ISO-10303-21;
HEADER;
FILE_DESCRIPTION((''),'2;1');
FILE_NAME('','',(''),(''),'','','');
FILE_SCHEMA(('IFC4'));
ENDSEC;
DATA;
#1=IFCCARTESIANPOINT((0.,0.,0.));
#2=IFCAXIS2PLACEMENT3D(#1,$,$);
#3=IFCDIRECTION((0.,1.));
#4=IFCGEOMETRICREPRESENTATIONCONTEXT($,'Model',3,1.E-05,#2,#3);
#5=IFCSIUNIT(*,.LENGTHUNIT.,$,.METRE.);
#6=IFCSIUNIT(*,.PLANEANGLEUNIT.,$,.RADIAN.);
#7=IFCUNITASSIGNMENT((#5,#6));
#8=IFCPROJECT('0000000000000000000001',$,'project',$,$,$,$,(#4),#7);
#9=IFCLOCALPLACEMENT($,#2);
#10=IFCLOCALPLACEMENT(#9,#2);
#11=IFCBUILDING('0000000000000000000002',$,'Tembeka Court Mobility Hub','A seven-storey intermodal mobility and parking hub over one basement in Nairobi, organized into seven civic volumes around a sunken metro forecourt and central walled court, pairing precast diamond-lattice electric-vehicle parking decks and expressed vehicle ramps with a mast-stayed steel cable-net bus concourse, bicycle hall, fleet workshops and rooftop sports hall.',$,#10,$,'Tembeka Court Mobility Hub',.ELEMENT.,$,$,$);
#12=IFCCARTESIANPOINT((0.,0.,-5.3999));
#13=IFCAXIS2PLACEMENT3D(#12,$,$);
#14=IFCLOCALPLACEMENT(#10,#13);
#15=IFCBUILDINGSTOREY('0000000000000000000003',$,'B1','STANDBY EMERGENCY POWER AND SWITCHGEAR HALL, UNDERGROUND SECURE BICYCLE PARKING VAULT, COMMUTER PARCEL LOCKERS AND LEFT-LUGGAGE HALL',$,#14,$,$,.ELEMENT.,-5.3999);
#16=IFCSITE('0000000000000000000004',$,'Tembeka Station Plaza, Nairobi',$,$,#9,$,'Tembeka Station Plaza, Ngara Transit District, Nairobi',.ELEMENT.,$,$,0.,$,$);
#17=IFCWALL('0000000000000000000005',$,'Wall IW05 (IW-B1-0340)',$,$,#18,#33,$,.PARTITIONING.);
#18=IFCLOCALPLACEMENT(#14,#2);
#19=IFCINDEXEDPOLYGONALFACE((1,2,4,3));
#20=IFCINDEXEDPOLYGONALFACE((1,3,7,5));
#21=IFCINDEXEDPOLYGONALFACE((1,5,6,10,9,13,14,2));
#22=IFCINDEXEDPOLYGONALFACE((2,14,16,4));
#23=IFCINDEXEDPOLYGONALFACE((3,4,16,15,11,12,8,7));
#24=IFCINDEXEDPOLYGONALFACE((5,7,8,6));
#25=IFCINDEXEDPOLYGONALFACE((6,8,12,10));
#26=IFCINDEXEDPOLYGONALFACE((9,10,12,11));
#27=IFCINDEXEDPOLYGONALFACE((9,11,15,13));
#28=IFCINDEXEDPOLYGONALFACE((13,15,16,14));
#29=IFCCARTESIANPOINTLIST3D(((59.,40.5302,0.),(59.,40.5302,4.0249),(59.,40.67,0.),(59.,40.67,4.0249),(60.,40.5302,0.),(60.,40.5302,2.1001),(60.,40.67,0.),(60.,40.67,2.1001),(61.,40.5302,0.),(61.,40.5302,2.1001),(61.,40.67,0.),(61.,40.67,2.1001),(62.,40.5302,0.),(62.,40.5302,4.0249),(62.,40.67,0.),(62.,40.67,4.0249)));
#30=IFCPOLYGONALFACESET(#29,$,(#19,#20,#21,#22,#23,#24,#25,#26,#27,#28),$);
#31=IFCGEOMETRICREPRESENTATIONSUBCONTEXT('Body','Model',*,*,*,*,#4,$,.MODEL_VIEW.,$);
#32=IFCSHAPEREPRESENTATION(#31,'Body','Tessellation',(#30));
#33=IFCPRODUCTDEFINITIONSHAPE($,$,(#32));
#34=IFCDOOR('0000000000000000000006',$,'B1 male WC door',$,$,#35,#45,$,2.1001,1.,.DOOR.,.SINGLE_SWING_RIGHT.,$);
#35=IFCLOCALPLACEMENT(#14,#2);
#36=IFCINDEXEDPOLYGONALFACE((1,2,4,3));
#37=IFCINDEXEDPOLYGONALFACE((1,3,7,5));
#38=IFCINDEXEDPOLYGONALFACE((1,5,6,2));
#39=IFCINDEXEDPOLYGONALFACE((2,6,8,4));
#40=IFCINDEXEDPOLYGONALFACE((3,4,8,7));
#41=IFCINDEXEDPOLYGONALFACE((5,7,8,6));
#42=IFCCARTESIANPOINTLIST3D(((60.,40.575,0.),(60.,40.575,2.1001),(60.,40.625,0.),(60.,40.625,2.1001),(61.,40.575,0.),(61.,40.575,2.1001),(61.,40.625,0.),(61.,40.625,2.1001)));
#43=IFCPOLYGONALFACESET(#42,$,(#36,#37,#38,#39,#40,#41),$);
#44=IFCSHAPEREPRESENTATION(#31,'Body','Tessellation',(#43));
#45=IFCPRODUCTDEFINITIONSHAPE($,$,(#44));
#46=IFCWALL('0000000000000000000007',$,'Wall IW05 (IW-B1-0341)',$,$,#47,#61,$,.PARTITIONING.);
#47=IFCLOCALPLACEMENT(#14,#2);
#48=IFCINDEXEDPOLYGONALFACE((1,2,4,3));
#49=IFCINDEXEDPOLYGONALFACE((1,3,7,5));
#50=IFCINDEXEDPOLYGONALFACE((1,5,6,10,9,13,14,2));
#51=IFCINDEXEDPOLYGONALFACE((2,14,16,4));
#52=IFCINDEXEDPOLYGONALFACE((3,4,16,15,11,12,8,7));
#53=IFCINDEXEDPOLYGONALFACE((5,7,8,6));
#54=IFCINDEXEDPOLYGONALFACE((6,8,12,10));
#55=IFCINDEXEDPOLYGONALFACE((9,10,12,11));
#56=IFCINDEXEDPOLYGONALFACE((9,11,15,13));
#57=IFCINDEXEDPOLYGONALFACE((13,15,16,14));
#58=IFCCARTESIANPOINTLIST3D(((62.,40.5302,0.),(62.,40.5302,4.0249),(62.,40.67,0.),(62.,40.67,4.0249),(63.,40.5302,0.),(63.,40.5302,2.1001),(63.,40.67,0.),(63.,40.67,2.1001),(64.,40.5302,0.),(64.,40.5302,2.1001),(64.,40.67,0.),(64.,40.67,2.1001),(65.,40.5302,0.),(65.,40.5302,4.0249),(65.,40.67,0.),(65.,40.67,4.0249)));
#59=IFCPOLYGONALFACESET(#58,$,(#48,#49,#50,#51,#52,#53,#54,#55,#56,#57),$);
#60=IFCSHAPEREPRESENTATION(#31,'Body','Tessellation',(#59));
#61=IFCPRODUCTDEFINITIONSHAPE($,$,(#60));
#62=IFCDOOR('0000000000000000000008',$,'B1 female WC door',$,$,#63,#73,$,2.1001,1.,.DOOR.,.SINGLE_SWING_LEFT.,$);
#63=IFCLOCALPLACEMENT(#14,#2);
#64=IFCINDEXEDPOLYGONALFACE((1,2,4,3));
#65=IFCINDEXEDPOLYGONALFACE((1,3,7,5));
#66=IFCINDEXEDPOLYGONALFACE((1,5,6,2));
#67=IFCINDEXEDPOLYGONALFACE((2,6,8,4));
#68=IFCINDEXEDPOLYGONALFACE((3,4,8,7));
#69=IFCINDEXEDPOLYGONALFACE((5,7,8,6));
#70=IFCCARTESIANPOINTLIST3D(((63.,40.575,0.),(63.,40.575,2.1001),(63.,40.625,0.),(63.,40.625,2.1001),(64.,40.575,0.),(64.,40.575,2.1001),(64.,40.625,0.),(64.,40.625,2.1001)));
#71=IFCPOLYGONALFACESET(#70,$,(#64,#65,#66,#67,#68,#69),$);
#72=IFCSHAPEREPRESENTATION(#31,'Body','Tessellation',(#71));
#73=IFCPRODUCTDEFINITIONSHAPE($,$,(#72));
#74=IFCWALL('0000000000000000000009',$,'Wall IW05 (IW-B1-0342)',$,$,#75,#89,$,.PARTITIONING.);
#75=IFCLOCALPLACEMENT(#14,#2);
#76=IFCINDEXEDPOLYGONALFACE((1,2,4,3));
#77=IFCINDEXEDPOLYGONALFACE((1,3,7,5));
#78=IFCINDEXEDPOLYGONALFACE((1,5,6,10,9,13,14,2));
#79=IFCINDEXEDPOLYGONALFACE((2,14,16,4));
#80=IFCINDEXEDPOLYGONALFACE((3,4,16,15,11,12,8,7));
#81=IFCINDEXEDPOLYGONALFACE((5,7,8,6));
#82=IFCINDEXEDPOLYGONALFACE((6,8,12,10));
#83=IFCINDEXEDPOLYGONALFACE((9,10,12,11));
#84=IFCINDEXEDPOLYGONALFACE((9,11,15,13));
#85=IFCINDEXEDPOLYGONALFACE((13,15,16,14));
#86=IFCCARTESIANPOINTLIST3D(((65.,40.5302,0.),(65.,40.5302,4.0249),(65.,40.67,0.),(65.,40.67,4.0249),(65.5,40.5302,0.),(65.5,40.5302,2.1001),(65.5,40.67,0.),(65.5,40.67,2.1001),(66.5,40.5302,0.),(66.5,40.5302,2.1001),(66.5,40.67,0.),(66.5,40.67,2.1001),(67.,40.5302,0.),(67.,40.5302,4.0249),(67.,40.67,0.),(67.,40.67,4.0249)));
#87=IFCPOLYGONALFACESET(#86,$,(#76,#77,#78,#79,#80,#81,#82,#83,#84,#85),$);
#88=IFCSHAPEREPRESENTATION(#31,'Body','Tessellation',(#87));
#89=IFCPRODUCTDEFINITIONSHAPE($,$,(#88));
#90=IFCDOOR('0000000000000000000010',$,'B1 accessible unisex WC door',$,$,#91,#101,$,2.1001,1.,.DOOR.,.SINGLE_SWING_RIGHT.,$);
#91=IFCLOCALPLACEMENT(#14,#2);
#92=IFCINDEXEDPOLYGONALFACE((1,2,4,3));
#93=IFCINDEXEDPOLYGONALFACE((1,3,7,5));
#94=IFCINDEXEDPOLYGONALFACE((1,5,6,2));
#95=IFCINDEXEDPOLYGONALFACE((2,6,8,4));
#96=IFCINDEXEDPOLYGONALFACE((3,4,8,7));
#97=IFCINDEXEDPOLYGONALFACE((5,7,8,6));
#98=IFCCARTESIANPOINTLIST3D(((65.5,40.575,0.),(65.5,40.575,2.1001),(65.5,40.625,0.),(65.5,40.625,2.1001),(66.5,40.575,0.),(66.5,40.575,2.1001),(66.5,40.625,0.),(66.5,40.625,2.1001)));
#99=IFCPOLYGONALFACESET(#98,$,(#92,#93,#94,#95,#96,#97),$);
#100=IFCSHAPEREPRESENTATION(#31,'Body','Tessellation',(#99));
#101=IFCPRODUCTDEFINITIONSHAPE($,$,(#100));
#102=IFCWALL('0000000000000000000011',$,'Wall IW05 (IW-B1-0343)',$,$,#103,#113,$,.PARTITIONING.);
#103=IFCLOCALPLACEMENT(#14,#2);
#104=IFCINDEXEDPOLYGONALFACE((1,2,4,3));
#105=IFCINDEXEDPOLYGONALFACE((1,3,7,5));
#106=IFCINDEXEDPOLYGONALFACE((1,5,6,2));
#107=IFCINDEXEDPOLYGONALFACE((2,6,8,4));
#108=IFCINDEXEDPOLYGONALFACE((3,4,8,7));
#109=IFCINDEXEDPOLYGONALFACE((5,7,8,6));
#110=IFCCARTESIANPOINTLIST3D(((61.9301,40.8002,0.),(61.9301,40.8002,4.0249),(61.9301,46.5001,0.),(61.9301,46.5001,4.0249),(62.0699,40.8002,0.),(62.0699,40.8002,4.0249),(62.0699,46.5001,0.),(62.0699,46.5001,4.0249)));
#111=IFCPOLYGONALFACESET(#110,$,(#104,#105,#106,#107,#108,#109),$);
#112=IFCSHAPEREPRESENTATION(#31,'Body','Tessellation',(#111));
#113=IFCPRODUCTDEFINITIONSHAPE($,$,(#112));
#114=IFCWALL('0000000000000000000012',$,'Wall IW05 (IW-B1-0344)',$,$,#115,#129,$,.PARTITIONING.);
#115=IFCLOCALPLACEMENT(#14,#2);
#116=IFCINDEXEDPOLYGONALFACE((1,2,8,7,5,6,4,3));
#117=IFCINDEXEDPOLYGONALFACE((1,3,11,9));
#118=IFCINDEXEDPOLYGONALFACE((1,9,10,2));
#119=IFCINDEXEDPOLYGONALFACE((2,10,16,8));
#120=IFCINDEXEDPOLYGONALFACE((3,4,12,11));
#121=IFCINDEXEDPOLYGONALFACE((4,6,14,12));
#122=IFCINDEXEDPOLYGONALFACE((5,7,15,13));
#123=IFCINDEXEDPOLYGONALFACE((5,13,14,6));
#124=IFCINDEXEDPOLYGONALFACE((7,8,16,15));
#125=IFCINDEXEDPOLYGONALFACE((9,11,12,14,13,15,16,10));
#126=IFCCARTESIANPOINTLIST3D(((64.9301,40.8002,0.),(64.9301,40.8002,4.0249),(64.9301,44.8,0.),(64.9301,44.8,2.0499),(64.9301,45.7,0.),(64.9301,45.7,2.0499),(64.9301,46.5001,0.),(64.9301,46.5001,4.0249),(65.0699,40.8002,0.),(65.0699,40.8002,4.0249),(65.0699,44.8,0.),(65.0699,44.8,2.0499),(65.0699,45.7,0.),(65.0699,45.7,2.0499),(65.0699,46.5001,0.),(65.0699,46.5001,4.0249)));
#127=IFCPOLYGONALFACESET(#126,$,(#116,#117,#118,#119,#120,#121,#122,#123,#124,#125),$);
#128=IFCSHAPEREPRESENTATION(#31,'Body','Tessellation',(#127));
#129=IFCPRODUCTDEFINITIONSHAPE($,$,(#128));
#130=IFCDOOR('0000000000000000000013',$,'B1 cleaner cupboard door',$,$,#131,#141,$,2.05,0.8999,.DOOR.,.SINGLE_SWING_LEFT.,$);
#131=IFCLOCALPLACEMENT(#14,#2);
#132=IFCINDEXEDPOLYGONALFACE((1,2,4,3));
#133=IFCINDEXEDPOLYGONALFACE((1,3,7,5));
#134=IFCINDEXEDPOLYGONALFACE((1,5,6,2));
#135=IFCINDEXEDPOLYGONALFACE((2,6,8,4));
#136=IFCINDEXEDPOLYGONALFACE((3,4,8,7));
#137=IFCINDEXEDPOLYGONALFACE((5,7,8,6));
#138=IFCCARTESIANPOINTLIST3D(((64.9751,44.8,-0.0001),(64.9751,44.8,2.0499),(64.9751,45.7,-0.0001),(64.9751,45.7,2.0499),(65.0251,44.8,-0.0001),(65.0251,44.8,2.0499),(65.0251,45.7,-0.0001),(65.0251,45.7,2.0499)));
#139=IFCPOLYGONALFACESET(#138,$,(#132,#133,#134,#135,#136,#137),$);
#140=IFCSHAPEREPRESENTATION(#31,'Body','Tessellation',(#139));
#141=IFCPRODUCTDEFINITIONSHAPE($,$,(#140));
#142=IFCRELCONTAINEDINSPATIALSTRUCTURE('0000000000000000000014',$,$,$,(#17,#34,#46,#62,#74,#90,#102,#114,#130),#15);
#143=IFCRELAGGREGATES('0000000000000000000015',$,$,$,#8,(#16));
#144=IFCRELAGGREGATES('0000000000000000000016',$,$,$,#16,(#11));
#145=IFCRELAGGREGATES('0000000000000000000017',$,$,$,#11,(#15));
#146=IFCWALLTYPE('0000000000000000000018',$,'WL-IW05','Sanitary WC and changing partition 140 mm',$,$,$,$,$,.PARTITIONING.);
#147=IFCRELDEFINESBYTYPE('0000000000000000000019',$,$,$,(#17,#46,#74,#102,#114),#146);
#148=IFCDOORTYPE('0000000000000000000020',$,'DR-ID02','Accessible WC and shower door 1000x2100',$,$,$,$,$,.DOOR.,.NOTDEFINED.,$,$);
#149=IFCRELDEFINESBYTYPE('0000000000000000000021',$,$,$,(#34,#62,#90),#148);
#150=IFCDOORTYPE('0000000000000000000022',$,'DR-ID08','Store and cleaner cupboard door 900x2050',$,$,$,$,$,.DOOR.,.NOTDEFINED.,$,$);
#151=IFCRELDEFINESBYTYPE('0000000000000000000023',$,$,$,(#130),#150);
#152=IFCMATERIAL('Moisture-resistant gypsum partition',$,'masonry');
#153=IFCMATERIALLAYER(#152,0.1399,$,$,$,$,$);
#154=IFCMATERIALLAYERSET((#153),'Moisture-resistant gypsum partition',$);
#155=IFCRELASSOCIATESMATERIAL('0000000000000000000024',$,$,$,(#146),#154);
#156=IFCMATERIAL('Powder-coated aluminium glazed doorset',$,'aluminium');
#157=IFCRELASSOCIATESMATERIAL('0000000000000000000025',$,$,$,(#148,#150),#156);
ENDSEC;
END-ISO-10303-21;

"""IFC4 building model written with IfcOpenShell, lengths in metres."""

from ifc_helpers import new_model, si_unit, direction, frame, frame_2d, origin, place, context, subcontext, project, spatial, rectangle, extrude, material, layer, layer_set, type_object, element, fill, save


model = new_model("IFC4")

# Units and contexts
model_context = context("Model", 3, precision=1e-05, world=origin(), true_north=direction((0.0, 1.0)))
body_context = subcontext(model_context, "Body", "Model", "MODEL_VIEW")
ifc_project = project(units=[si_unit("LENGTHUNIT", "METRE"), si_unit("PLANEANGLEUNIT", "RADIAN")], contexts=[model_context])

# Site, building, storey
site_placement = place(None, origin())
site = spatial("IfcSite", under=ifc_project, at=site_placement, Name="Tembeka Station Plaza, Nairobi", LongName="Tembeka Station Plaza, Ngara Transit District, Nairobi", CompositionType="ELEMENT", RefElevation=0.0)
building_placement = place(site_placement, origin())
building = spatial("IfcBuilding", under=site, at=building_placement, Name="Tembeka Court Mobility Hub", Description="A seven-storey intermodal mobility and parking hub over one basement in Nairobi, organized into seven civic volumes around a sunken metro forecourt and central walled court, pairing precast diamond-lattice electric-vehicle parking decks and expressed vehicle ramps with a mast-stayed steel cable-net bus concourse, bicycle hall, fleet workshops and rooftop sports hall.", LongName="Tembeka Court Mobility Hub", CompositionType="ELEMENT")
storey_placement = place(building_placement, frame((0.0, 0.0, -5.3999)))
storey = spatial("IfcBuildingStorey", under=building, at=storey_placement, Name="B1", Description="STANDBY EMERGENCY POWER AND SWITCHGEAR HALL, UNDERGROUND SECURE BICYCLE PARKING VAULT, COMMUTER PARCEL LOCKERS AND LEFT-LUGGAGE HALL", CompositionType="ELEMENT", Elevation=-5.3999)

# Walls, openings, doors
ifc_material_1 = material(Name="Moisture-resistant gypsum partition", Category="masonry")
ifc_layer_1 = layer(ifc_material_1, 0.1399)
ifc_layer_set_1 = layer_set([ifc_layer_1], Name="Moisture-resistant gypsum partition")
wall_type_1 = type_object("IfcWallType", Name="WL-IW05", Description="Sanitary WC and changing partition 140 mm", PredefinedType="PARTITIONING", material=ifc_layer_set_1)
wall_1_placement = place(storey_placement, frame((59.0, 40.6001, 0.0), z_axis=(0.0, 0.0, 1.0), x_axis=(1.0, 0.0, 0.0)))
wall_1 = element("IfcWall", 1, at=wall_1_placement, inside=storey, type_object=wall_type_1, Name="Wall IW05 (IW-B1-0340)", PredefinedType="PARTITIONING", context=body_context, shape_type="SweptSolid", body=[
    extrude(rectangle(XDim=3.0, YDim=0.1399, at=frame_2d((1.5, 0.0))), origin(), (0.0, 0.0, 1.0), 4.0249),
])
opening_1_placement = place(wall_1_placement, frame((1.0, 0.0, 0.0)))
opening_1 = element("IfcOpeningElement", 2, at=opening_1_placement, cuts=wall_1, PredefinedType="OPENING", context=body_context, shape_type="SweptSolid", body=[
    extrude(rectangle(XDim=1.0, YDim=2.1001, at=frame_2d((0.5, 1.05))), frame((0.0, 0.0801, 0.0), z_axis=(0.0, -1.0, 0.0), x_axis=(1.0, 0.0, 0.0)), (0.0, 0.0, 1.0), 0.1599),
])
ifc_material_2 = material(Name="Powder-coated aluminium glazed doorset", Category="aluminium")
door_type_1 = type_object("IfcDoorType", Name="DR-ID02", Description="Accessible WC and shower door 1000x2100", OperationType="NOTDEFINED", PredefinedType="DOOR", material=ifc_material_2)
door_1_placement = place(opening_1_placement, origin())
door_1 = element("IfcDoor", 3, at=door_1_placement, inside=storey, type_object=door_type_1, Name="B1 male WC door", OperationType="SINGLE_SWING_RIGHT", OverallHeight=2.1001, OverallWidth=1.0, PredefinedType="DOOR", context=body_context, shape_type="SweptSolid", body=[
    extrude(rectangle(XDim=1.0, YDim=2.1001, at=frame_2d((0.5, 1.05))), frame((0.0, 0.0249, 0.0), z_axis=(0.0, -1.0, 0.0), x_axis=(1.0, 0.0, 0.0)), (0.0, 0.0, 1.0), 0.05),
])
fill(opening_1, door_1)
wall_2_placement = place(storey_placement, frame((62.0, 40.6001, 0.0), z_axis=(0.0, 0.0, 1.0), x_axis=(1.0, 0.0, 0.0)))
wall_2 = element("IfcWall", 4, at=wall_2_placement, inside=storey, type_object=wall_type_1, Name="Wall IW05 (IW-B1-0341)", PredefinedType="PARTITIONING", context=body_context, shape_type="SweptSolid", body=[
    extrude(rectangle(XDim=3.0, YDim=0.1399, at=frame_2d((1.5, 0.0))), origin(), (0.0, 0.0, 1.0), 4.0249),
])
opening_2_placement = place(wall_2_placement, frame((1.0, 0.0, 0.0)))
opening_2 = element("IfcOpeningElement", 5, at=opening_2_placement, cuts=wall_2, PredefinedType="OPENING", context=body_context, shape_type="SweptSolid", body=[
    extrude(rectangle(XDim=1.0, YDim=2.1001, at=frame_2d((0.5, 1.05))), frame((0.0, 0.0801, 0.0), z_axis=(0.0, -1.0, 0.0), x_axis=(1.0, 0.0, 0.0)), (0.0, 0.0, 1.0), 0.1599),
])
door_2_placement = place(opening_2_placement, origin())
door_2 = element("IfcDoor", 6, at=door_2_placement, inside=storey, type_object=door_type_1, Name="B1 female WC door", OperationType="SINGLE_SWING_LEFT", OverallHeight=2.1001, OverallWidth=1.0, PredefinedType="DOOR", context=body_context, shape_type="SweptSolid", body=[
    extrude(rectangle(XDim=1.0, YDim=2.1001, at=frame_2d((0.5, 1.05))), frame((0.0, 0.0249, 0.0), z_axis=(0.0, -1.0, 0.0), x_axis=(1.0, 0.0, 0.0)), (0.0, 0.0, 1.0), 0.05),
])
fill(opening_2, door_2)
wall_3_placement = place(storey_placement, frame((65.0, 40.6001, 0.0), z_axis=(0.0, 0.0, 1.0), x_axis=(1.0, 0.0, 0.0)))
wall_3 = element("IfcWall", 7, at=wall_3_placement, inside=storey, type_object=wall_type_1, Name="Wall IW05 (IW-B1-0342)", PredefinedType="PARTITIONING", context=body_context, shape_type="SweptSolid", body=[
    extrude(rectangle(XDim=2.0, YDim=0.1399, at=frame_2d((1.0, 0.0))), origin(), (0.0, 0.0, 1.0), 4.0249),
])
opening_3_placement = place(wall_3_placement, frame((0.5, 0.0, 0.0)))
opening_3 = element("IfcOpeningElement", 8, at=opening_3_placement, cuts=wall_3, PredefinedType="OPENING", context=body_context, shape_type="SweptSolid", body=[
    extrude(rectangle(XDim=1.0, YDim=2.1001, at=frame_2d((0.5, 1.05))), frame((0.0, 0.0801, 0.0), z_axis=(0.0, -1.0, 0.0), x_axis=(1.0, 0.0, 0.0)), (0.0, 0.0, 1.0), 0.1599),
])
door_3_placement = place(opening_3_placement, origin())
door_3 = element("IfcDoor", 9, at=door_3_placement, inside=storey, type_object=door_type_1, Name="B1 accessible unisex WC door", OperationType="SINGLE_SWING_RIGHT", OverallHeight=2.1001, OverallWidth=1.0, PredefinedType="DOOR", context=body_context, shape_type="SweptSolid", body=[
    extrude(rectangle(XDim=1.0, YDim=2.1001, at=frame_2d((0.5, 1.05))), frame((0.0, 0.0249, 0.0), z_axis=(0.0, -1.0, 0.0), x_axis=(1.0, 0.0, 0.0)), (0.0, 0.0, 1.0), 0.05),
])
fill(opening_3, door_3)

# Wall
wall_4_placement = place(storey_placement, frame((62.0, 40.8, 0.0), z_axis=(0.0, 0.0, 1.0), x_axis=(0.0, 1.0, 0.0)))
element("IfcWall", 10, at=wall_4_placement, inside=storey, type_object=wall_type_1, Name="Wall IW05 (IW-B1-0343)", PredefinedType="PARTITIONING", context=body_context, shape_type="SweptSolid", body=[
    extrude(rectangle(XDim=5.7, YDim=0.1399, at=frame_2d((2.8501, 0.0))), origin(), (0.0, 0.0, 1.0), 4.0249),
])

# Wall, opening, door
wall_5_placement = place(storey_placement, frame((65.0, 40.8, 0.0), z_axis=(0.0, 0.0, 1.0), x_axis=(0.0, 1.0, 0.0)))
wall_5 = element("IfcWall", 11, at=wall_5_placement, inside=storey, type_object=wall_type_1, Name="Wall IW05 (IW-B1-0344)", PredefinedType="PARTITIONING", context=body_context, shape_type="SweptSolid", body=[
    extrude(rectangle(XDim=5.7, YDim=0.1399, at=frame_2d((2.8501, 0.0))), origin(), (0.0, 0.0, 1.0), 4.0249),
])
opening_4_placement = place(wall_5_placement, frame((4.0, 0.0, 0.0)))
opening_4 = element("IfcOpeningElement", 12, at=opening_4_placement, cuts=wall_5, PredefinedType="OPENING", context=body_context, shape_type="SweptSolid", body=[
    extrude(rectangle(XDim=0.8999, YDim=2.05, at=frame_2d((0.45, 1.0249))), frame((0.0, 0.0801, 0.0), z_axis=(0.0, -1.0, 0.0), x_axis=(1.0, 0.0, 0.0)), (0.0, 0.0, 1.0), 0.1599),
])
door_type_2 = type_object("IfcDoorType", Name="DR-ID08", Description="Store and cleaner cupboard door 900x2050", OperationType="NOTDEFINED", PredefinedType="DOOR", material=ifc_material_2)
door_4_placement = place(opening_4_placement, origin())
door_4 = element("IfcDoor", 13, at=door_4_placement, inside=storey, type_object=door_type_2, Name="B1 cleaner cupboard door", OperationType="SINGLE_SWING_LEFT", OverallHeight=2.05, OverallWidth=0.8999, PredefinedType="DOOR", context=body_context, shape_type="SweptSolid", body=[
    extrude(rectangle(XDim=0.8999, YDim=2.05, at=frame_2d((0.45, 1.0249))), frame((0.0, 0.0249, 0.0), z_axis=(0.0, -1.0, 0.0), x_axis=(1.0, 0.0, 0.0)), (0.0, 0.0, 1.0), 0.05),
])
fill(opening_4, door_4)

save(model, "model.ifc")
